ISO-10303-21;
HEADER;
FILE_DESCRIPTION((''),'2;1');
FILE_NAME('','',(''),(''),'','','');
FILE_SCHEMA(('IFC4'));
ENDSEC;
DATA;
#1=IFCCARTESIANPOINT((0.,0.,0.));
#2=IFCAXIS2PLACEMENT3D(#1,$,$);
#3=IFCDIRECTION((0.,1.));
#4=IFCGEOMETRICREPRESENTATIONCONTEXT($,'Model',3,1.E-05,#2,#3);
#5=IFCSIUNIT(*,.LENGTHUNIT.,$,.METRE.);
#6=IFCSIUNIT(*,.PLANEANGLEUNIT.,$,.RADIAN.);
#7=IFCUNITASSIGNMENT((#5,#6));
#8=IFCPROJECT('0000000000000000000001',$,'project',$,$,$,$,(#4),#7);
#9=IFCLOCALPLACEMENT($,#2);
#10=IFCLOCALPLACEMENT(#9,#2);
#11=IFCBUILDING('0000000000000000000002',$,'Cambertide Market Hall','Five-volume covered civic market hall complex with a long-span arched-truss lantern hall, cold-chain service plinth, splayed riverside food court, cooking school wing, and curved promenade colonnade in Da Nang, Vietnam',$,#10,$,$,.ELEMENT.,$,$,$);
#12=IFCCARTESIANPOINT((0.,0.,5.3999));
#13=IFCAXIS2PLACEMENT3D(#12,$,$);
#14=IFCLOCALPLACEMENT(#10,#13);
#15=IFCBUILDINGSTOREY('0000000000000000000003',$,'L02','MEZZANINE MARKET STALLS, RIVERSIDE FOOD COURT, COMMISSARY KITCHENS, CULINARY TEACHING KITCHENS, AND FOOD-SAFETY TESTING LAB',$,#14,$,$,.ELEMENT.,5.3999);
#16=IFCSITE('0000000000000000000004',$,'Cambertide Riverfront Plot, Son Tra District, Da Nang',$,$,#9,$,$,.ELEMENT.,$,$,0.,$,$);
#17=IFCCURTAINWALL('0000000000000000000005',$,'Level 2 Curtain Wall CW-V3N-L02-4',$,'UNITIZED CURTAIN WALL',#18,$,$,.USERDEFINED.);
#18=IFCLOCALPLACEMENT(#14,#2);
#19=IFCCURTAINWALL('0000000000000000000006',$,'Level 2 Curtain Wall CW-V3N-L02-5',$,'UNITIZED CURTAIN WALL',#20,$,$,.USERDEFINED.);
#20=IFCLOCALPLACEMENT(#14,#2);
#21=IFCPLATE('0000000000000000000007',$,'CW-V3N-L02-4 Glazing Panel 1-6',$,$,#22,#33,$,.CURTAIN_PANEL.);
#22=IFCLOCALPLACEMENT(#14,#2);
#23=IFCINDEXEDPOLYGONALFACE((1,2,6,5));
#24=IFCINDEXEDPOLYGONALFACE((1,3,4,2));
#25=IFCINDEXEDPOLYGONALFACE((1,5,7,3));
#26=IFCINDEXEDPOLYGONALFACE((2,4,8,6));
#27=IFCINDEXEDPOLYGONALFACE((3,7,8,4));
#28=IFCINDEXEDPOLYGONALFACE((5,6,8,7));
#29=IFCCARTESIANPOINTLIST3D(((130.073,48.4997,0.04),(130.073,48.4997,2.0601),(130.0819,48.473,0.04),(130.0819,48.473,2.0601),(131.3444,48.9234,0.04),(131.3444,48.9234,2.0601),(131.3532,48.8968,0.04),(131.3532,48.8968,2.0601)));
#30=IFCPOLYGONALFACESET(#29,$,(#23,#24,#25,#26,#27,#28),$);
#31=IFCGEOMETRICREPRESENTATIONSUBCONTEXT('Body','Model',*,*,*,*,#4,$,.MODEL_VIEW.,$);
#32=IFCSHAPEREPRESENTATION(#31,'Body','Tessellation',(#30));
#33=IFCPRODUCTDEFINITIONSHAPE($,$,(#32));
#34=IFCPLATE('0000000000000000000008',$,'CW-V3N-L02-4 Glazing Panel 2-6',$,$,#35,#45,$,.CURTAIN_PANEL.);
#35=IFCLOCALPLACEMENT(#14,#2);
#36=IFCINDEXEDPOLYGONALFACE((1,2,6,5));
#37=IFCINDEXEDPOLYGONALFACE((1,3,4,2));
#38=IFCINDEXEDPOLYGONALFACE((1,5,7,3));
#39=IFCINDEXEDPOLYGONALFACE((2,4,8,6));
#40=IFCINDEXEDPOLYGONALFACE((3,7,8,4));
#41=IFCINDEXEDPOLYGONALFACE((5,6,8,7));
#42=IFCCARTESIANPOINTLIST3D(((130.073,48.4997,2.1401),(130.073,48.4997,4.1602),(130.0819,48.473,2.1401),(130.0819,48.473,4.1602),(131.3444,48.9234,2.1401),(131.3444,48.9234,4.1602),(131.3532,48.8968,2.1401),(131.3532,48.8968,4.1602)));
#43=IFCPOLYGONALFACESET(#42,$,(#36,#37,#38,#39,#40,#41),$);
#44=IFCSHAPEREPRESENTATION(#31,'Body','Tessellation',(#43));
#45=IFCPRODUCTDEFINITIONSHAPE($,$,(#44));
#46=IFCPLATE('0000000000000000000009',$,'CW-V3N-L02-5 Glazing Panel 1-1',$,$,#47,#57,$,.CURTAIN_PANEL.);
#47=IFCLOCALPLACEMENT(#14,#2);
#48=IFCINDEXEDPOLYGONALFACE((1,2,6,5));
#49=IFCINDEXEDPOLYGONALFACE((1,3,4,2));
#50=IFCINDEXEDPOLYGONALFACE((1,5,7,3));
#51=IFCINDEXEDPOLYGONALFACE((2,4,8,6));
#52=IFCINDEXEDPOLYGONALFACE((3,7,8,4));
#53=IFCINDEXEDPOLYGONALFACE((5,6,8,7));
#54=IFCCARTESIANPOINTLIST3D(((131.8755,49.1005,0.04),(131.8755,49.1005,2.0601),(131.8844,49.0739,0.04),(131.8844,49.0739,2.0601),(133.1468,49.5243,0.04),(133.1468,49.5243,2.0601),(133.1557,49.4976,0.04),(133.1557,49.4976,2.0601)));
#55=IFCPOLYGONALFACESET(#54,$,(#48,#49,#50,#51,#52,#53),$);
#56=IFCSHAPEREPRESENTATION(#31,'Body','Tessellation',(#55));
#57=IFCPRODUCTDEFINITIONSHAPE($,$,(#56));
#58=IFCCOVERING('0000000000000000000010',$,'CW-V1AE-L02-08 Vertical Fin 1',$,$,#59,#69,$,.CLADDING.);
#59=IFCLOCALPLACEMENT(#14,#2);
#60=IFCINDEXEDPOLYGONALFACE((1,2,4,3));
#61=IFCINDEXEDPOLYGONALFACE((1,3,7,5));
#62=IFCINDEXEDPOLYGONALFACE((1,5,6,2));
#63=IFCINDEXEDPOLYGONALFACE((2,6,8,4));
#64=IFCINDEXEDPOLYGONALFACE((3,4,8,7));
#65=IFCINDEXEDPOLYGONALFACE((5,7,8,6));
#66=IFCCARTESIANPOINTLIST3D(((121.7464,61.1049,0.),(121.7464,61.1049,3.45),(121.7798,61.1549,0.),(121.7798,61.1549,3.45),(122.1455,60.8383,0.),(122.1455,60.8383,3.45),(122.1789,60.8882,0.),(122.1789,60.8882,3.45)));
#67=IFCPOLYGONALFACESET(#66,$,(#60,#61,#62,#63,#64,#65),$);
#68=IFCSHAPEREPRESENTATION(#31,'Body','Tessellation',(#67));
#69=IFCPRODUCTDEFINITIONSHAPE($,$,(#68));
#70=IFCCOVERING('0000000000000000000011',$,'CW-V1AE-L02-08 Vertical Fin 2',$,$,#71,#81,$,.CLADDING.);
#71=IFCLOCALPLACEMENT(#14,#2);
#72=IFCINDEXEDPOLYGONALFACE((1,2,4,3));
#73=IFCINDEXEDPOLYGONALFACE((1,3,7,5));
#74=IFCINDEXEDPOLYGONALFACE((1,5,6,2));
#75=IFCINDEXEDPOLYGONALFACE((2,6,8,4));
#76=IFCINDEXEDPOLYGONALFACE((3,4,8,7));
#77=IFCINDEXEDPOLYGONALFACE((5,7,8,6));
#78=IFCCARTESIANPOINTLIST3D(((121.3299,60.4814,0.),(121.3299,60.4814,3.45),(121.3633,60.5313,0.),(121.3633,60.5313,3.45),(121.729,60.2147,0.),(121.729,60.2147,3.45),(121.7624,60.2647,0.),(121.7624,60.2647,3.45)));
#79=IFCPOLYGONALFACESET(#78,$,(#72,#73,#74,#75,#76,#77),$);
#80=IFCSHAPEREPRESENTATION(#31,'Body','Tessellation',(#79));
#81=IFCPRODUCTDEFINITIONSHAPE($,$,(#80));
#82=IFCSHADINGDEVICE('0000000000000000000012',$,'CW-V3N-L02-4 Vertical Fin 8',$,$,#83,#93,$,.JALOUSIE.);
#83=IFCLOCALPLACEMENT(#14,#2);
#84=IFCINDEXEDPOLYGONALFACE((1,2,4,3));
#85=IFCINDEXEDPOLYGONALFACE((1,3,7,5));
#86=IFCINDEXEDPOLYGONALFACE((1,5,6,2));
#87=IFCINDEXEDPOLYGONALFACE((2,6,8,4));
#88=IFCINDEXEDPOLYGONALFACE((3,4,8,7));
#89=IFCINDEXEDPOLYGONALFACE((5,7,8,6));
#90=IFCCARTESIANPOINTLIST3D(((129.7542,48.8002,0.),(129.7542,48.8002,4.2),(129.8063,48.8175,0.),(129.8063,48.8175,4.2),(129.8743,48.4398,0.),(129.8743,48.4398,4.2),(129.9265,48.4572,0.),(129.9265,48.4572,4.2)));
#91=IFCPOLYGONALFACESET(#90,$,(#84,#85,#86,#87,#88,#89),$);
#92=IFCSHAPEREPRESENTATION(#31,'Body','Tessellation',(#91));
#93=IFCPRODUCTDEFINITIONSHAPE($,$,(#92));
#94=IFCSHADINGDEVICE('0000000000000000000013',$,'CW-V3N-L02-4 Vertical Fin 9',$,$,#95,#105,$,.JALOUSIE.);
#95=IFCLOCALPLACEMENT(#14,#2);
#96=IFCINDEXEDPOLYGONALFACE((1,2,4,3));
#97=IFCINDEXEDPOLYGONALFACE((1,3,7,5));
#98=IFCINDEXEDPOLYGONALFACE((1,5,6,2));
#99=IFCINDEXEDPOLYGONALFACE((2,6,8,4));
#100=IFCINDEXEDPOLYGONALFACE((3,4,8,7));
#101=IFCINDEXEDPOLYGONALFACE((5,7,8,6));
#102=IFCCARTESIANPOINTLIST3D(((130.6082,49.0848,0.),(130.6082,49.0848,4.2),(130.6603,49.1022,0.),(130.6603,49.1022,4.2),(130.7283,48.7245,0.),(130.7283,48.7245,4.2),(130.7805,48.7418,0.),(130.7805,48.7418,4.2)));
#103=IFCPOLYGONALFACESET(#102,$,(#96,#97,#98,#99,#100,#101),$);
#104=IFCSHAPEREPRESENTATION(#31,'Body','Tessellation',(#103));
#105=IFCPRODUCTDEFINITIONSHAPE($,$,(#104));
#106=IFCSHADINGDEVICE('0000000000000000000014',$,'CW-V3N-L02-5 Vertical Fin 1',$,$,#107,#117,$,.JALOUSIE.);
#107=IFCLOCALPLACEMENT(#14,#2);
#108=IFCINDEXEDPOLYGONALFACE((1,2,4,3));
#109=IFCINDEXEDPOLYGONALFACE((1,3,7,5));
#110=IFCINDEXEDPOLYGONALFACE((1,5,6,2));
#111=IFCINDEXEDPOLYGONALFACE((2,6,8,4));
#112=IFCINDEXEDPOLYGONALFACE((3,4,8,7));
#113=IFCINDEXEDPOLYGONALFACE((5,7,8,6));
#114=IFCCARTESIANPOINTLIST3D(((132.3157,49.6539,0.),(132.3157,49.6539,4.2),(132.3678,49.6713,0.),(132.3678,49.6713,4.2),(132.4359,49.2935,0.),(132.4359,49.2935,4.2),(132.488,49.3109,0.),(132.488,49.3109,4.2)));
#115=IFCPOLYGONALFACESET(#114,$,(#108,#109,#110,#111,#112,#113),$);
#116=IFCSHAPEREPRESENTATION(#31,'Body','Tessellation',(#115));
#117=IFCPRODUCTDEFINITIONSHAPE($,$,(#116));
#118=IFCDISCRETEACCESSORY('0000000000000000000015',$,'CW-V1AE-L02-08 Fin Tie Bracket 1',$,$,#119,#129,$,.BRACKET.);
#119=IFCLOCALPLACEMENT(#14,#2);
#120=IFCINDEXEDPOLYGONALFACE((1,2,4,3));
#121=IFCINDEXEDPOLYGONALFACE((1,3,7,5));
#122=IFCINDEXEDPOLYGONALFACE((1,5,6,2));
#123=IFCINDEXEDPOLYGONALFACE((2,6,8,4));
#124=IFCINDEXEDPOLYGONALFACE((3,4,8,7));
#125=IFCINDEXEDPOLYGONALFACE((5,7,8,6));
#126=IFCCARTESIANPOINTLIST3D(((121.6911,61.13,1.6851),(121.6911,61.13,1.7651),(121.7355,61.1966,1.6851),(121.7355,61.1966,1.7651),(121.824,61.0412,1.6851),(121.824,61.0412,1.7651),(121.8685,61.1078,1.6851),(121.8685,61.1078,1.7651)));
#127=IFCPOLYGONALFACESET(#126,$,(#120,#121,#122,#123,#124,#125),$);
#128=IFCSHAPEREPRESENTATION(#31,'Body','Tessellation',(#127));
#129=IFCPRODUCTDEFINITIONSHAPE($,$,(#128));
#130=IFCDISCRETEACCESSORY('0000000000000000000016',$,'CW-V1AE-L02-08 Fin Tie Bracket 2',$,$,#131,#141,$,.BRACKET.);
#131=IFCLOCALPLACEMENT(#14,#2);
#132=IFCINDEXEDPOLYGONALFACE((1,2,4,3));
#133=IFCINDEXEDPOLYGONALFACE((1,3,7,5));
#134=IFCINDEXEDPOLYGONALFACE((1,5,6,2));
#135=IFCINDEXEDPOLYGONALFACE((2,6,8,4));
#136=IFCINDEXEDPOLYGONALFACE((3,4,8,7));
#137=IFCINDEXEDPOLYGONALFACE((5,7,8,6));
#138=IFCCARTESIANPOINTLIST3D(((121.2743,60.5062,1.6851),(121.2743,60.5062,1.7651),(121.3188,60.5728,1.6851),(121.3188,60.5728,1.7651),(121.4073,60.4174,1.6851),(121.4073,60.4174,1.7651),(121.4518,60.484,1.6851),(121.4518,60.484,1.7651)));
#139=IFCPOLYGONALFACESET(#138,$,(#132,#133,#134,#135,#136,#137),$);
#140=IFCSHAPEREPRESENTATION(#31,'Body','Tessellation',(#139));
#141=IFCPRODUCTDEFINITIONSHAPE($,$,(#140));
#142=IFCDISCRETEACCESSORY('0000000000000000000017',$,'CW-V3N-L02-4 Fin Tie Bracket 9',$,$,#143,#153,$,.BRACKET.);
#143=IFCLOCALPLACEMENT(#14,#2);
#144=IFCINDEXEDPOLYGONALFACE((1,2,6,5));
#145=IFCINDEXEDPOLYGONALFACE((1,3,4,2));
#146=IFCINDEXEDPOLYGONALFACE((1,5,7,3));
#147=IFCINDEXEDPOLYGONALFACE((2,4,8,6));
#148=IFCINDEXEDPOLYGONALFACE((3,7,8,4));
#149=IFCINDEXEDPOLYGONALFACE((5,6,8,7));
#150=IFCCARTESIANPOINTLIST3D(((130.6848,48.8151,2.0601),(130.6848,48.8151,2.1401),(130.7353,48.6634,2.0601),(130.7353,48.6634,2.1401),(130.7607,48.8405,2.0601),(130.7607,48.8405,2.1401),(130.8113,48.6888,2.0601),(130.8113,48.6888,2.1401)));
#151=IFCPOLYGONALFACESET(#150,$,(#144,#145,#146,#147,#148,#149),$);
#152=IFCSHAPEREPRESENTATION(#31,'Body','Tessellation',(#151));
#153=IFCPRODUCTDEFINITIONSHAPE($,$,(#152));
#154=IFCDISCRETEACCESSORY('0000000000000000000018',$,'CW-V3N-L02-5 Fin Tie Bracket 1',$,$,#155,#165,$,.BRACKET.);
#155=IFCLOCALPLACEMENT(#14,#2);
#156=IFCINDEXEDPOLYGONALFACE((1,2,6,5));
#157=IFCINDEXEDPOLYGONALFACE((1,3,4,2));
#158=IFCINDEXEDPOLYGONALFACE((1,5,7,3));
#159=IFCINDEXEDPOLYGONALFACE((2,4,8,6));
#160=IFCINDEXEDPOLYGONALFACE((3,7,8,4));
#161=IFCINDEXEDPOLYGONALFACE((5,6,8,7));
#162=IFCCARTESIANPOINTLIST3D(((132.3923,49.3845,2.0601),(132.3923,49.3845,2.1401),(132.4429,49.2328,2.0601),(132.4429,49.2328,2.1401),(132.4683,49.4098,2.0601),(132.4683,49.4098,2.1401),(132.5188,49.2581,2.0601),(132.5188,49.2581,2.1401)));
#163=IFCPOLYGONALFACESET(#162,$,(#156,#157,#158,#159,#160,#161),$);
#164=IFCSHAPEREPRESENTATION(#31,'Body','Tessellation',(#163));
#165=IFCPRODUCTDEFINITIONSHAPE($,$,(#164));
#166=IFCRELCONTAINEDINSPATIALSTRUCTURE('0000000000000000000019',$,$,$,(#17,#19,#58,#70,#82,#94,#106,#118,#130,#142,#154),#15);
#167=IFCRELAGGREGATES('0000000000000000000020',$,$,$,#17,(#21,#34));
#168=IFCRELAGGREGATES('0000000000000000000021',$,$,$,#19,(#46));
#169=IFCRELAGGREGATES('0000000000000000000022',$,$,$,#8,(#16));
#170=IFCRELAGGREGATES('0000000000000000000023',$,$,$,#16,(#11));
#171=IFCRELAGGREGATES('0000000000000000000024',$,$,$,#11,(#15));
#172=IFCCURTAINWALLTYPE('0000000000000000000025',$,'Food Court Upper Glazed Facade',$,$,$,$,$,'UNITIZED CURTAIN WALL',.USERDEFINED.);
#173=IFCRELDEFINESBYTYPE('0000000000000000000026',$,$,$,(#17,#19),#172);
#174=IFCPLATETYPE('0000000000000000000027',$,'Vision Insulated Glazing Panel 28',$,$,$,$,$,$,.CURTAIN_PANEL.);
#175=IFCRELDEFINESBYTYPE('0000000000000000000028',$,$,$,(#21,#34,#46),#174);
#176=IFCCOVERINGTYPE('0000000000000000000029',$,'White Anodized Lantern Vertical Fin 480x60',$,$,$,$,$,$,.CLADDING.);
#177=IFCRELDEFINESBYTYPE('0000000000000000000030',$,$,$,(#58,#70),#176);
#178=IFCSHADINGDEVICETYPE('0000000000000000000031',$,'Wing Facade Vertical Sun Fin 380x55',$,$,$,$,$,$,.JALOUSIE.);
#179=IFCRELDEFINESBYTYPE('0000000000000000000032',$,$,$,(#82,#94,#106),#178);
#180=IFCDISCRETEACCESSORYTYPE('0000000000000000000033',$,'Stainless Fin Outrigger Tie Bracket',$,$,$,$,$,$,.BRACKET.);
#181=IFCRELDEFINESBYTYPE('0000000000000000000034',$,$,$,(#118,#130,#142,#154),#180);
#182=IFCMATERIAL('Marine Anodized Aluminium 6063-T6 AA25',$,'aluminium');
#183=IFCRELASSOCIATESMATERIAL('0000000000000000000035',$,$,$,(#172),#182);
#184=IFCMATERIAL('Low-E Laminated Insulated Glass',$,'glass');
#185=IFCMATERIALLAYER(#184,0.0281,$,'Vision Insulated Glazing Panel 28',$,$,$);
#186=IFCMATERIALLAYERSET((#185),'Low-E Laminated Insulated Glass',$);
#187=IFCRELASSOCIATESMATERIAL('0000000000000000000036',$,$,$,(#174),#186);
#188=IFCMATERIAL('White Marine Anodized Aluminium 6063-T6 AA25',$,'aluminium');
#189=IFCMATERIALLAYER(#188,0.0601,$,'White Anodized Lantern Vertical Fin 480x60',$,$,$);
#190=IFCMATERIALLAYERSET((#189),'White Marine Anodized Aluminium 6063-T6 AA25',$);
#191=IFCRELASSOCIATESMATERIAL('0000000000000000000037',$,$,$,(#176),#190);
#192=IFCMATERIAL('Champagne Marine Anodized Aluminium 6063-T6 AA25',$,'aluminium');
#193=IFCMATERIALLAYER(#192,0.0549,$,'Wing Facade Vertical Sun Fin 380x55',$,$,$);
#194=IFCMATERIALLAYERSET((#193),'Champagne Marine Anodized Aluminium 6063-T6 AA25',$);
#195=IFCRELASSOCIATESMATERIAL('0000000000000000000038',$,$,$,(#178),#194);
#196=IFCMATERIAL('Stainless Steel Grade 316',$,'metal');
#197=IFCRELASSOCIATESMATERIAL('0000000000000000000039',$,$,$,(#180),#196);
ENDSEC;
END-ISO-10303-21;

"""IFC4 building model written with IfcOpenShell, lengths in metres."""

from ifc_helpers import new_model, si_unit, direction, frame, origin, origin_2d, place, context, subcontext, project, spatial, rectangle, extrude, material, layer, layer_set, type_object, element, aggregate, save


model = new_model("IFC4")

# Units and contexts
model_context = context("Model", 3, precision=1e-05, world=origin(), true_north=direction((0.0, 1.0)))
body_context = subcontext(model_context, "Body", "Model", "MODEL_VIEW")
ifc_project = project(units=[si_unit("LENGTHUNIT", "METRE"), si_unit("PLANEANGLEUNIT", "RADIAN")], contexts=[model_context])

# Site, building, storey
site_placement = place(None, origin())
site = spatial("IfcSite", under=ifc_project, at=site_placement, Name="Cambertide Riverfront Plot, Son Tra District, Da Nang", CompositionType="ELEMENT", RefElevation=0.0)
building_placement = place(site_placement, origin())
building = spatial("IfcBuilding", under=site, at=building_placement, Name="Cambertide Market Hall", Description="Five-volume covered civic market hall complex with a long-span arched-truss lantern hall, cold-chain service plinth, splayed riverside food court, cooking school wing, and curved promenade colonnade in Da Nang, Vietnam", CompositionType="ELEMENT")
storey_placement = place(building_placement, frame((0.0, 0.0, 5.3999)))
storey = spatial("IfcBuildingStorey", under=building, at=storey_placement, Name="L02", Description="MEZZANINE MARKET STALLS, RIVERSIDE FOOD COURT, COMMISSARY KITCHENS, CULINARY TEACHING KITCHENS, AND FOOD-SAFETY TESTING LAB", CompositionType="ELEMENT", Elevation=5.3999)

# Curtain walls
ifc_material_1 = material(Name="Marine Anodized Aluminium 6063-T6 AA25", Category="aluminium")
curtain_wall_type_1 = type_object("IfcCurtainWallType", Name="Food Court Upper Glazed Facade", ElementType="UNITIZED CURTAIN WALL", PredefinedType="USERDEFINED", material=ifc_material_1)
curtain_wall_1_placement = place(storey_placement, origin())
curtain_wall_1 = element("IfcCurtainWall", 1, at=curtain_wall_1_placement, inside=storey, type_object=curtain_wall_type_1, Name="Level 2 Curtain Wall CW-V3N-L02-4", ObjectType="UNITIZED CURTAIN WALL", PredefinedType="USERDEFINED")
curtain_wall_2_placement = place(storey_placement, origin())
curtain_wall_2 = element("IfcCurtainWall", 2, at=curtain_wall_2_placement, inside=storey, type_object=curtain_wall_type_1, Name="Level 2 Curtain Wall CW-V3N-L02-5", ObjectType="UNITIZED CURTAIN WALL", PredefinedType="USERDEFINED")

# Plates
ifc_material_2 = material(Name="Low-E Laminated Insulated Glass", Category="glass")
ifc_layer_1 = layer(ifc_material_2, 0.0281, Name="Vision Insulated Glazing Panel 28")
ifc_layer_set_1 = layer_set([ifc_layer_1], Name="Low-E Laminated Insulated Glass")
plate_type = type_object("IfcPlateType", Name="Vision Insulated Glazing Panel 28", PredefinedType="CURTAIN_PANEL", material=ifc_layer_set_1)
plate_1_placement = place(storey_placement, frame((130.7131, 48.6982, 0.04), z_axis=(0.0, 0.0, 1.0), x_axis=(0.948683, 0.316228, 0.0)))
plate_1 = element("IfcPlate", 3, at=plate_1_placement, type_object=plate_type, Name="CW-V3N-L02-4 Glazing Panel 1-6", PredefinedType="CURTAIN_PANEL", context=body_context, shape_type="SweptSolid", body=[
    extrude(rectangle(XDim=1.3401, YDim=0.0281, at=origin_2d()), origin(), (0.0, 0.0, 1.0), 2.02),
])
plate_2_placement = place(storey_placement, frame((130.7131, 48.6982, 2.1401), z_axis=(0.0, 0.0, 1.0), x_axis=(0.948683, 0.316228, 0.0)))
plate_2 = element("IfcPlate", 4, at=plate_2_placement, type_object=plate_type, Name="CW-V3N-L02-4 Glazing Panel 2-6", PredefinedType="CURTAIN_PANEL", context=body_context, shape_type="SweptSolid", body=[
    extrude(rectangle(XDim=1.3401, YDim=0.0281, at=origin_2d()), origin(), (0.0, 0.0, 1.0), 2.02),
])
aggregate(curtain_wall_1, [plate_1, plate_2])
plate_3_placement = place(storey_placement, frame((132.5156, 49.2991, 0.04), z_axis=(0.0, 0.0, 1.0), x_axis=(0.948683, 0.316228, 0.0)))
plate_3 = element("IfcPlate", 5, at=plate_3_placement, type_object=plate_type, Name="CW-V3N-L02-5 Glazing Panel 1-1", PredefinedType="CURTAIN_PANEL", context=body_context, shape_type="SweptSolid", body=[
    extrude(rectangle(XDim=1.3401, YDim=0.0281, at=origin_2d()), origin(), (0.0, 0.0, 1.0), 2.02),
])
aggregate(curtain_wall_2, [plate_3])

# Coverings
ifc_material_3 = material(Name="White Marine Anodized Aluminium 6063-T6 AA25", Category="aluminium")
ifc_layer_2 = layer(ifc_material_3, 0.0601, Name="White Anodized Lantern Vertical Fin 480x60")
ifc_layer_set_2 = layer_set([ifc_layer_2], Name="White Marine Anodized Aluminium 6063-T6 AA25")
covering_type = type_object("IfcCoveringType", Name="White Anodized Lantern Vertical Fin 480x60", PredefinedType="CLADDING", material=ifc_layer_set_2)
for number, where, z_axis, x_axis, name in (
    (6, (121.9626, 60.9966, 0.0), (0.0, 0.0, 1.0), (-0.55557, -0.83147, 0.0), "CW-V1AE-L02-08 Vertical Fin 1"),
    (7, (121.5461, 60.373, 0.0), (0.0, 0.0, 1.0), (-0.55557, -0.83147, 0.0), "CW-V1AE-L02-08 Vertical Fin 2"),
):
    element("IfcCovering", number, at=place(storey_placement, frame(where, z_axis=z_axis, x_axis=x_axis)), inside=storey, type_object=covering_type, Name=name, PredefinedType="CLADDING", context=body_context, shape_type="SweptSolid", body=[
        extrude(rectangle(XDim=0.0601, YDim=0.48, at=origin_2d()), origin(), (0.0, 0.0, 1.0), 3.45),
    ])

# Shading devices
ifc_material_4 = material(Name="Champagne Marine Anodized Aluminium 6063-T6 AA25", Category="aluminium")
ifc_layer_3 = layer(ifc_material_4, 0.0549, Name="Wing Facade Vertical Sun Fin 380x55")
ifc_layer_set_3 = layer_set([ifc_layer_3], Name="Champagne Marine Anodized Aluminium 6063-T6 AA25")
shading_device_type = type_object("IfcShadingDeviceType", Name="Wing Facade Vertical Sun Fin 380x55", PredefinedType="JALOUSIE", material=ifc_layer_set_3)
for number, where, z_axis, x_axis, name in (
    (8, (129.8403, 48.6287, 0.0), (0.0, 0.0, 1.0), (0.948683, 0.316228, 0.0), "CW-V3N-L02-4 Vertical Fin 8"),
    (9, (130.6943, 48.9133, 0.0), (0.0, 0.0, 1.0), (0.948683, 0.316228, 0.0), "CW-V3N-L02-4 Vertical Fin 9"),
    (10, (132.4019, 49.4824, 0.0), (0.0, 0.0, 1.0), (0.948683, 0.316228, 0.0), "CW-V3N-L02-5 Vertical Fin 1"),
):
    element("IfcShadingDevice", number, at=place(storey_placement, frame(where, z_axis=z_axis, x_axis=x_axis)), inside=storey, type_object=shading_device_type, Name=name, PredefinedType="JALOUSIE", context=body_context, shape_type="SweptSolid", body=[
        extrude(rectangle(XDim=0.0549, YDim=0.3799, at=origin_2d()), origin(), (0.0, 0.0, 1.0), 4.2),
    ])

# Discrete accessories
ifc_material_5 = material(Name="Stainless Steel Grade 316", Category="metal")
discrete_accessory_type = type_object("IfcDiscreteAccessoryType", Name="Stainless Fin Outrigger Tie Bracket", PredefinedType="BRACKET", material=ifc_material_5)
for number, where, z_axis, x_axis, name in (
    (11, (121.7798, 61.1189, 1.6851), (0.0, 0.0, 1.0), (-0.55557, -0.83147, 0.0), "CW-V1AE-L02-08 Fin Tie Bracket 1"),
    (12, (121.363, 60.4951, 1.6851), (0.0, 0.0, 1.0), (-0.55557, -0.83147, 0.0), "CW-V1AE-L02-08 Fin Tie Bracket 2"),
    (13, (130.748, 48.752, 2.0601), (0.0, 0.0, 1.0), (0.948683, 0.316228, 0.0), "CW-V3N-L02-4 Fin Tie Bracket 9"),
    (14, (132.4556, 49.3213, 2.0601), (0.0, 0.0, 1.0), (0.948683, 0.316228, 0.0), "CW-V3N-L02-5 Fin Tie Bracket 1"),
):
    element("IfcDiscreteAccessory", number, at=place(storey_placement, frame(where, z_axis=z_axis, x_axis=x_axis)), inside=storey, type_object=discrete_accessory_type, Name=name, PredefinedType="BRACKET", context=body_context, shape_type="SweptSolid", body=[
        extrude(rectangle(XDim=0.0801, YDim=0.1599, at=origin_2d()), origin(), (0.0, 0.0, 1.0), 0.0801),
    ])

save(model, "model.ifc")
